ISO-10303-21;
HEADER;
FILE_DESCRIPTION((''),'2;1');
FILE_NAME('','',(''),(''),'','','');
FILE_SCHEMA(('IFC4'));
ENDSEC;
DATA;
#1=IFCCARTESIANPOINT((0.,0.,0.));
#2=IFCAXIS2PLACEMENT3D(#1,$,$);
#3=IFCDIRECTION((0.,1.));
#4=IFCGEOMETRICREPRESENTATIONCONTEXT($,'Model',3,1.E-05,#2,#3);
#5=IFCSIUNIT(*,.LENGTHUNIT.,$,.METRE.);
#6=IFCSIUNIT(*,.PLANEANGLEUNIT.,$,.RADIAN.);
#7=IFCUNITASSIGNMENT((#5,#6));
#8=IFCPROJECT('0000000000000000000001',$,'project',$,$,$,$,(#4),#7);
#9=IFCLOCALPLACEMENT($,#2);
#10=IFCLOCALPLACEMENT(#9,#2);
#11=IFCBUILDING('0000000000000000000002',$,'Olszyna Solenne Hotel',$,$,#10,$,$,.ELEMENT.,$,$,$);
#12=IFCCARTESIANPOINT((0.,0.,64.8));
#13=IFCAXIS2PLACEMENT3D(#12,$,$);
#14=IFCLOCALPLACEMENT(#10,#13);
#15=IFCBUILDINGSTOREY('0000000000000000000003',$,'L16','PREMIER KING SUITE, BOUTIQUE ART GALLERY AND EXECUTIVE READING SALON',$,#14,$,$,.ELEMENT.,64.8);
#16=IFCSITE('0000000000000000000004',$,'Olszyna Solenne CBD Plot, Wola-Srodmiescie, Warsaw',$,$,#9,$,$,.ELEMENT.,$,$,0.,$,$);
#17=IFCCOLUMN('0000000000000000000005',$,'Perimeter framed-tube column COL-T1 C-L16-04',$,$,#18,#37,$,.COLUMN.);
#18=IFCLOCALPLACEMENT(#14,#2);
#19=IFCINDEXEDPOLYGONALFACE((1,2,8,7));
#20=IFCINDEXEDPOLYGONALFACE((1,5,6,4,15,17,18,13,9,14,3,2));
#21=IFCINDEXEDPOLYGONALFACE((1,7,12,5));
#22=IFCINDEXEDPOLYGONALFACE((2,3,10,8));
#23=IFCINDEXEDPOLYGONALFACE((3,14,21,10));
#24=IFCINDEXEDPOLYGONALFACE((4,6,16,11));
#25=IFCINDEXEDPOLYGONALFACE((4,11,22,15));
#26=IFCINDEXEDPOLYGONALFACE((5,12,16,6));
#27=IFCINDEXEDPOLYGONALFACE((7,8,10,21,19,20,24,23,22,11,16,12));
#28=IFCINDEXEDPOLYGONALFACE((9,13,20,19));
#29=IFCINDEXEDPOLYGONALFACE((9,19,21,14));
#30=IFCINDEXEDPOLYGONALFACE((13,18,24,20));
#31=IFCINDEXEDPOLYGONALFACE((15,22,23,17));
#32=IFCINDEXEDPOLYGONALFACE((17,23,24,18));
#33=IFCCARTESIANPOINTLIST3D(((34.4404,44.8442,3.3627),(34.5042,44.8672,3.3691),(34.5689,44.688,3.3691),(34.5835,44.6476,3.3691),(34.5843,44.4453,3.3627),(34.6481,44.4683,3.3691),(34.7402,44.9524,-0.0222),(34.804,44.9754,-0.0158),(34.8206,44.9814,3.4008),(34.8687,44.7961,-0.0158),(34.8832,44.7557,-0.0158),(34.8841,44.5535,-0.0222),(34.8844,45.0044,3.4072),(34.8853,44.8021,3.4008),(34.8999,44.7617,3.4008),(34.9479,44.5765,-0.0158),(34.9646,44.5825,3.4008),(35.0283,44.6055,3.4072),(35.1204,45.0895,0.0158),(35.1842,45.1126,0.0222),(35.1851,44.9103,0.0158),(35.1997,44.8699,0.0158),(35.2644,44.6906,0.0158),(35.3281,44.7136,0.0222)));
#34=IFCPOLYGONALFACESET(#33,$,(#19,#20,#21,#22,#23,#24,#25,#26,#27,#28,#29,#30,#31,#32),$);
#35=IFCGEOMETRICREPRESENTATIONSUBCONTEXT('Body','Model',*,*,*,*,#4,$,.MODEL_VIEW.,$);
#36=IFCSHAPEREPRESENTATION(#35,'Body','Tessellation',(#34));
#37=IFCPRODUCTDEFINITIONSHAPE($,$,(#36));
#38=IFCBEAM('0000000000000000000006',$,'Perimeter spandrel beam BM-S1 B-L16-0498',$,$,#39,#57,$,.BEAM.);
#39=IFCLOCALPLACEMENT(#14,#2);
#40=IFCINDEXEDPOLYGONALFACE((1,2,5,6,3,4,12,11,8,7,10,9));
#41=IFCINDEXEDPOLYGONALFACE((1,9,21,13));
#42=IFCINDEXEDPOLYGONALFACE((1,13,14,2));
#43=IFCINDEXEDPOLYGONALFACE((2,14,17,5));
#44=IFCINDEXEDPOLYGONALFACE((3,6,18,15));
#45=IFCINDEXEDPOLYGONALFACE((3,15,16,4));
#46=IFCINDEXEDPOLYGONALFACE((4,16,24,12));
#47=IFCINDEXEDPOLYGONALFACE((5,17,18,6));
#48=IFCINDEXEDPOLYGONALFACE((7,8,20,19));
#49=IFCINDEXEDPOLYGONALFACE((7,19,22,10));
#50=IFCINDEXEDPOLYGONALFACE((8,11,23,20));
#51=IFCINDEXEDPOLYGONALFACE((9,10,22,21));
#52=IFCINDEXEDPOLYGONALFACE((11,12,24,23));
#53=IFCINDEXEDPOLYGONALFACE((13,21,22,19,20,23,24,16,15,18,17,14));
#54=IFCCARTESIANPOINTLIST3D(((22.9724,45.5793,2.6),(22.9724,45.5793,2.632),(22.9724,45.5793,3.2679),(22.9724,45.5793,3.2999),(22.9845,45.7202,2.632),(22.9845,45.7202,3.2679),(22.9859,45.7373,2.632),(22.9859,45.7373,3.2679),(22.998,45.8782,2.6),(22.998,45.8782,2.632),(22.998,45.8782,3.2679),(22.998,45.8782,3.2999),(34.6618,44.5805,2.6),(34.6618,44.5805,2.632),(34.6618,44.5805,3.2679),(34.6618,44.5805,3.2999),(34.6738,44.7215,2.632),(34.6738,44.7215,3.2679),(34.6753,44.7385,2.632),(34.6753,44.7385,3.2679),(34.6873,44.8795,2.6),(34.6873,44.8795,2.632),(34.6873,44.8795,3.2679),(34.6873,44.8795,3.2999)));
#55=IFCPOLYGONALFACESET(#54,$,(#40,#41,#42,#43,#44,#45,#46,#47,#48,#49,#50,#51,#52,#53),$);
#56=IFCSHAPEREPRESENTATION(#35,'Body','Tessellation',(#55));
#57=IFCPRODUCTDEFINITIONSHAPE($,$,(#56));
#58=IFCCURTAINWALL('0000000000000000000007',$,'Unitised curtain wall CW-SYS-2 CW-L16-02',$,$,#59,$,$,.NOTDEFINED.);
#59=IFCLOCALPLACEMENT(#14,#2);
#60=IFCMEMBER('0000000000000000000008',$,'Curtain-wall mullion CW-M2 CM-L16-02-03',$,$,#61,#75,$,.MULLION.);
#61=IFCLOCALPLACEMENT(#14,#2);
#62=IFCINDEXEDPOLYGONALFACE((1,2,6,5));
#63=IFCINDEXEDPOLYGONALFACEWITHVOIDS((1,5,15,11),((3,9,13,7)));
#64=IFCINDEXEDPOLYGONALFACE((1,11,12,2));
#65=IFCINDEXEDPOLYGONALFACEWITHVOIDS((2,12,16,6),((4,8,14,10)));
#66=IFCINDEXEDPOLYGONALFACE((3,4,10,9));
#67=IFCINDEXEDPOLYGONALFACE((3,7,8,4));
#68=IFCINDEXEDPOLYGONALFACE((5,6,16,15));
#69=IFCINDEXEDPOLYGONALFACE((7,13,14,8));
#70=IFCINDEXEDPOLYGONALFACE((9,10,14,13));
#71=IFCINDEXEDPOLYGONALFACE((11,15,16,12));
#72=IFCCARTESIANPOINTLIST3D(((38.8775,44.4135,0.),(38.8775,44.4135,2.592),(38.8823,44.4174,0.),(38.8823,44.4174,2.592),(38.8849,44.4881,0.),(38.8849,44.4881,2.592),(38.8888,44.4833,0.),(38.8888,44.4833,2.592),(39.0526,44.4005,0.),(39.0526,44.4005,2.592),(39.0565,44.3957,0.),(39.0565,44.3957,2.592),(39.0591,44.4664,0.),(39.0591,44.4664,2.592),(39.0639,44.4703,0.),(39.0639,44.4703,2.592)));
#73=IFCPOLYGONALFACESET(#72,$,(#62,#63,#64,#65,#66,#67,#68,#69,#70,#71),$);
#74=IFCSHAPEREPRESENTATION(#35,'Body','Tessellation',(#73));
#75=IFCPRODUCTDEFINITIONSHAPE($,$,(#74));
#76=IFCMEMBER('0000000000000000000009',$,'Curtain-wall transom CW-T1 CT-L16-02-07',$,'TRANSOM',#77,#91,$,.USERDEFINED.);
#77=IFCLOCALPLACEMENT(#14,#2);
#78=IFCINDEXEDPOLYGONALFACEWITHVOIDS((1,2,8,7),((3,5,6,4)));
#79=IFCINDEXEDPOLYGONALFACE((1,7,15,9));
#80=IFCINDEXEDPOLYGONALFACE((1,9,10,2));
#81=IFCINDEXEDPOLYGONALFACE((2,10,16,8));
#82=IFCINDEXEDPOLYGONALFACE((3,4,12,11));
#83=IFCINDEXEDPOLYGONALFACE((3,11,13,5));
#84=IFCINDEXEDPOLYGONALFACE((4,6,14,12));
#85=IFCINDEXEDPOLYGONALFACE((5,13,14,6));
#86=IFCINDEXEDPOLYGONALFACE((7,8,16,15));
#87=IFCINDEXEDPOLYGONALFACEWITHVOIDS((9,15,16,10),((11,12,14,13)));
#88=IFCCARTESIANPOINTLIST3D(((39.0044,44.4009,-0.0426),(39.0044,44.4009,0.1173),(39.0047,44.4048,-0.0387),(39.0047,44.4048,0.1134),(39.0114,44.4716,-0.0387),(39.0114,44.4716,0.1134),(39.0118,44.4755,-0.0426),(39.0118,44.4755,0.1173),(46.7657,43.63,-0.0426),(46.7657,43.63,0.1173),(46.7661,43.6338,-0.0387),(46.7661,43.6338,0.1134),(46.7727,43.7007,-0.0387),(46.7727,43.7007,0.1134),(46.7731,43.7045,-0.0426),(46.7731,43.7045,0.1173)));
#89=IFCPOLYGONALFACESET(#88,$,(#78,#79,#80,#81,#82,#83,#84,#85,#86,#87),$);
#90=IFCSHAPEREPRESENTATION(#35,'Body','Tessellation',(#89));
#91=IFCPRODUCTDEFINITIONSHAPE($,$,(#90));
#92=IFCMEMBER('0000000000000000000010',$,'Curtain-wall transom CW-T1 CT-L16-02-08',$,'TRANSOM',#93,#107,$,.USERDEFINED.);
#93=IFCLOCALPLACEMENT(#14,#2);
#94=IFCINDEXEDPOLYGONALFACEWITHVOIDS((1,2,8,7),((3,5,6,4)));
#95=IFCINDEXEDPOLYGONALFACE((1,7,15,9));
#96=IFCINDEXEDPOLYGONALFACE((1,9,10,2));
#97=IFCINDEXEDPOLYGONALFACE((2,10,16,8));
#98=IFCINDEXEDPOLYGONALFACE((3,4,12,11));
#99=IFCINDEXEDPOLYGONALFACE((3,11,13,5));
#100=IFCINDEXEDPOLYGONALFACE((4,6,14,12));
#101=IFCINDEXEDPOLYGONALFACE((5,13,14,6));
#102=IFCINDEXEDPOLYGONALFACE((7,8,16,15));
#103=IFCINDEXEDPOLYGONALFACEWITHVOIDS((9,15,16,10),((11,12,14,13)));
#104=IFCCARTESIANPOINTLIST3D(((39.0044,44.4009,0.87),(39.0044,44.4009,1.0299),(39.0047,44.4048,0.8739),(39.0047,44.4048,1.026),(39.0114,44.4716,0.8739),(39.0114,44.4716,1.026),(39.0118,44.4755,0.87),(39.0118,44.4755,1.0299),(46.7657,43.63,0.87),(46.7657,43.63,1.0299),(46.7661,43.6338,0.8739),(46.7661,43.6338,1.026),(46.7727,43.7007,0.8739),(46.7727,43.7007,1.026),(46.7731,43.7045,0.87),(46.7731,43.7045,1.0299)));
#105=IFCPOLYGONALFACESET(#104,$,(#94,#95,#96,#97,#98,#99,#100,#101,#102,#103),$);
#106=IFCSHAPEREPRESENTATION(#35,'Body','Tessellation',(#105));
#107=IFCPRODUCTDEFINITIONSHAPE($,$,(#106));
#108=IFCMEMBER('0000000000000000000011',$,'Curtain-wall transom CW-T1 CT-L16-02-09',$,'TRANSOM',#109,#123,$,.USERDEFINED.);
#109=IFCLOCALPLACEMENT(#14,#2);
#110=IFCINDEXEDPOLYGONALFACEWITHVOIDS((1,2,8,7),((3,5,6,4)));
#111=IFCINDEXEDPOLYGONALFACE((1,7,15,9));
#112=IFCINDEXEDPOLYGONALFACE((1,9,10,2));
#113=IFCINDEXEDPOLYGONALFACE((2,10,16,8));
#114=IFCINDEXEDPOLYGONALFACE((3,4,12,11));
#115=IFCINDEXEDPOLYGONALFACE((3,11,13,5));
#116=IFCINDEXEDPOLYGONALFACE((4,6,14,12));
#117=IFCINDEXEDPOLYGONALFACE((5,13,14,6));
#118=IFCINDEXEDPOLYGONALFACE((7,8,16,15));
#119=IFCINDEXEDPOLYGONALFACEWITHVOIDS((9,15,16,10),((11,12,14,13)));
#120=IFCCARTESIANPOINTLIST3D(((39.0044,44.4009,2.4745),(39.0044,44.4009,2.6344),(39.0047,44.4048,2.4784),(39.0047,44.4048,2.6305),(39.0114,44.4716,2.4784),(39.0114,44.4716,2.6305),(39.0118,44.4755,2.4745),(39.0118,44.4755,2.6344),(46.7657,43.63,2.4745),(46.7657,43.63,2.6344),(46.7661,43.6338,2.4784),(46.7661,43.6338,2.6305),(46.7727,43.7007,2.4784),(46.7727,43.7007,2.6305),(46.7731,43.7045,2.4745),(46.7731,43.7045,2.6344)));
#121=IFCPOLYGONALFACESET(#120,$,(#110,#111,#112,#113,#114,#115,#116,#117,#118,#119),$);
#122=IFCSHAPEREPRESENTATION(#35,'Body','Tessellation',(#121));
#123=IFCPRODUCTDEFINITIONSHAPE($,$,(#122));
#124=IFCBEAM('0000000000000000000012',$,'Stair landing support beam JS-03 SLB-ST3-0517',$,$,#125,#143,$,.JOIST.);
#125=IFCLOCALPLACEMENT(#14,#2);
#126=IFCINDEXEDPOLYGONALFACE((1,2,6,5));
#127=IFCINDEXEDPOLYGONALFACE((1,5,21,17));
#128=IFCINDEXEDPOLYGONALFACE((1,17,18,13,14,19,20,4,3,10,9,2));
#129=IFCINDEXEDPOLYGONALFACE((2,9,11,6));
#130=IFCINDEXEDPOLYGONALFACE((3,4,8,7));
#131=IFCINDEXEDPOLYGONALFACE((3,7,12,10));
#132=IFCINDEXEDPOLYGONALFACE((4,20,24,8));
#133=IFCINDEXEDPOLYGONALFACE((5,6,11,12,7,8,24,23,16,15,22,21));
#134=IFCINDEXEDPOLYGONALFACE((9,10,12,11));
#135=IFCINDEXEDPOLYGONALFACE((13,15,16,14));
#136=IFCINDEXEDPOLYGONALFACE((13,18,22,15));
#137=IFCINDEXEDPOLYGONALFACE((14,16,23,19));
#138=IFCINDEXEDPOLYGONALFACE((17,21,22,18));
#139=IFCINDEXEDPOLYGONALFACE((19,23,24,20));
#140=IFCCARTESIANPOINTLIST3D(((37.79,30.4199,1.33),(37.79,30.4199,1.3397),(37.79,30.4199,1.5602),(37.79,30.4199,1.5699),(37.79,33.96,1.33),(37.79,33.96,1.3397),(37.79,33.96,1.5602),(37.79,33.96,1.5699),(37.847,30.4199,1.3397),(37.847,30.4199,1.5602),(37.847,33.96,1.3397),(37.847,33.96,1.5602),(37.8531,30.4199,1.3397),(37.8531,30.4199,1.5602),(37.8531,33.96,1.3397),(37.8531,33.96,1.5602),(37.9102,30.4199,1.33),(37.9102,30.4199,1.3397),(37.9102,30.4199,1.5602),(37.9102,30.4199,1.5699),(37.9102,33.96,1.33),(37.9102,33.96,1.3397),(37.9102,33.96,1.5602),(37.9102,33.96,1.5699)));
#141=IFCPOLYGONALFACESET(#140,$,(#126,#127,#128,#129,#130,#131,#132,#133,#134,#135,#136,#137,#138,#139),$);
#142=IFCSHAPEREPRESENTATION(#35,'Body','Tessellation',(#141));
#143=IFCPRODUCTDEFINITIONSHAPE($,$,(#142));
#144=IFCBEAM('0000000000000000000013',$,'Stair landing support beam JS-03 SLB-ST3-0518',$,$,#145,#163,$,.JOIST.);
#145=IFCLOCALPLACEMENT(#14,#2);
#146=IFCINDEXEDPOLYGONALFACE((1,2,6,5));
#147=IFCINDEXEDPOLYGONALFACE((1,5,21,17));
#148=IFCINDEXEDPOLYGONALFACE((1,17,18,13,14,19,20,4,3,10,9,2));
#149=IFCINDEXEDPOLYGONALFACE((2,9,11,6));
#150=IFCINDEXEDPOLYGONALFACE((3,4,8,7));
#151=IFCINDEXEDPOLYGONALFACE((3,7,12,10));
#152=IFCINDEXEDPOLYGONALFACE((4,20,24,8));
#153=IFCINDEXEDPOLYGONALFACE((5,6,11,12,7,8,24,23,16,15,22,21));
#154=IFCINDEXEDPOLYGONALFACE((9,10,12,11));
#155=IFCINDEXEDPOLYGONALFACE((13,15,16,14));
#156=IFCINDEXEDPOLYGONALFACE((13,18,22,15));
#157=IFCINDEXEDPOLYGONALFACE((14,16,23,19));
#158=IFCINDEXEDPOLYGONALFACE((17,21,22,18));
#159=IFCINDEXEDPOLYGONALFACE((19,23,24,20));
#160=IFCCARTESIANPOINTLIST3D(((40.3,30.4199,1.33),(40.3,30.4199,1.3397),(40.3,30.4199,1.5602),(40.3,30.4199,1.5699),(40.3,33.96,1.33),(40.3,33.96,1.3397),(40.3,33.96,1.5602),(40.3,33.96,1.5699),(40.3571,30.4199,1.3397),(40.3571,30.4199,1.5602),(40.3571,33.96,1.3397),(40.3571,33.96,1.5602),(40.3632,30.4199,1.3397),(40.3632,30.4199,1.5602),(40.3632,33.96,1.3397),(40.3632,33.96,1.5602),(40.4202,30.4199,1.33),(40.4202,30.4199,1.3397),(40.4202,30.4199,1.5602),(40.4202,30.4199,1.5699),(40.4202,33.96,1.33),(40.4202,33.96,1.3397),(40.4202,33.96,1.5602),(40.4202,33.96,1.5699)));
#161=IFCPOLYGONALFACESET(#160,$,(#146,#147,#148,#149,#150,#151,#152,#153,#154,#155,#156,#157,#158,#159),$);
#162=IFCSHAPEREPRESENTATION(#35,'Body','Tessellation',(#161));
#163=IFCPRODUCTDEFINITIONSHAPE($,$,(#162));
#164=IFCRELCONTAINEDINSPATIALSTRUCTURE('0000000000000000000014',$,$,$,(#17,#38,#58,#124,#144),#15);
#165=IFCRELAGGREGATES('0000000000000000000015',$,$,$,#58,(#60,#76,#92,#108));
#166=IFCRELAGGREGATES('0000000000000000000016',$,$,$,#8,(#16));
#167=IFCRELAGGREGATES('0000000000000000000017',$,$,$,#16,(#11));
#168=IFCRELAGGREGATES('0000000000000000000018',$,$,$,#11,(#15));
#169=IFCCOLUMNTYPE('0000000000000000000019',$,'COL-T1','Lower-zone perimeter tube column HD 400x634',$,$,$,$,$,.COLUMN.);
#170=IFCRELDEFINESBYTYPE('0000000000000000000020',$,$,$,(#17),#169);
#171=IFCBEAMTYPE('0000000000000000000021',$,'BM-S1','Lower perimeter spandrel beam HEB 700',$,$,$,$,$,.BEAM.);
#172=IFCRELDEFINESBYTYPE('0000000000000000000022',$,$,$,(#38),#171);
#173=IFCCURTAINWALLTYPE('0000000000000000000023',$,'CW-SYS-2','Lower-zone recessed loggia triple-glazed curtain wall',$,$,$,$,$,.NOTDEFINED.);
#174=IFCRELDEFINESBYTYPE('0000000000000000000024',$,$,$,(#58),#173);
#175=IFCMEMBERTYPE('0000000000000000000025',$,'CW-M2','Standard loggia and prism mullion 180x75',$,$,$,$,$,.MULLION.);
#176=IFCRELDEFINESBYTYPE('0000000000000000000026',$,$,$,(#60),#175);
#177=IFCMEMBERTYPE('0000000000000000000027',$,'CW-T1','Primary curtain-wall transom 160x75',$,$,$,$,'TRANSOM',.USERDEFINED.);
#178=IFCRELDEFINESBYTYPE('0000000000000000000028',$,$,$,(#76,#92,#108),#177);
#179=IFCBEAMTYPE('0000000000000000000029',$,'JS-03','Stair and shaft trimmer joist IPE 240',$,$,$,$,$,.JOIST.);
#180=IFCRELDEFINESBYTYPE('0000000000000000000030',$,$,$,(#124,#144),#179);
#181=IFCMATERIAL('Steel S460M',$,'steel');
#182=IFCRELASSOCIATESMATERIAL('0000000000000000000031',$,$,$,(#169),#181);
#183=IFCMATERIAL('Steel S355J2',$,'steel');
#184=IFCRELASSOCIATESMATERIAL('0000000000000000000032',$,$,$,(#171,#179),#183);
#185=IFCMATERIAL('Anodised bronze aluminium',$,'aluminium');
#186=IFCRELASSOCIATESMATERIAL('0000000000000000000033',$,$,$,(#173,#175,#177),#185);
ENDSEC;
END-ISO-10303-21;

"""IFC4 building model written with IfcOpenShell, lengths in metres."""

from ifc_helpers import new_model, si_unit, direction, frame, origin, origin_2d, place, context, subcontext, project, spatial, hollow_rectangle, i_section, extrude, source, transform, mapped, material, material_profile, profile_set, type_object, element, aggregate, save


model = new_model("IFC4")

# Units and contexts
model_context = context("Model", 3, precision=1e-05, world=origin(), true_north=direction((0.0, 1.0)))
body_context = subcontext(model_context, "Body", "Model", "MODEL_VIEW")
ifc_project = project(units=[si_unit("LENGTHUNIT", "METRE"), si_unit("PLANEANGLEUNIT", "RADIAN")], contexts=[model_context])

# Site, building, storey
site_placement = place(None, origin())
site = spatial("IfcSite", under=ifc_project, at=site_placement, Name="Olszyna Solenne CBD Plot, Wola-Srodmiescie, Warsaw", CompositionType="ELEMENT", RefElevation=0.0)
building_placement = place(site_placement, origin())
building = spatial("IfcBuilding", under=site, at=building_placement, Name="Olszyna Solenne Hotel", CompositionType="ELEMENT")
storey_placement = place(building_placement, frame((0.0, 0.0, 64.8)))
storey = spatial("IfcBuildingStorey", under=building, at=storey_placement, Name="L16", Description="PREMIER KING SUITE, BOUTIQUE ART GALLERY AND EXECUTIVE READING SALON", CompositionType="ELEMENT", Elevation=64.8)

# Column
ifc_material_1 = material(Name="Steel S460M", Category="steel")
ifc_material_profile_1 = material_profile(ifc_material_1, i_section(OverallWidth=0.4241, OverallDepth=0.4741, WebThickness=0.043, FlangeThickness=0.0681, at=origin_2d()), Name="HD 400x634", Category="load-bearing")
ifc_profile_set_1 = profile_set([ifc_material_profile_1], Name="Steel S460M")
column_type = type_object("IfcColumnType", Name="COL-T1", Description="Lower-zone perimeter tube column HD 400x634", PredefinedType="COLUMN", material=ifc_profile_set_1)
shared_shape_1 = source(origin(), body_context, "Body", "SweptSolid", [
    extrude(i_section(OverallWidth=0.4241, OverallDepth=0.4741, WebThickness=0.043, FlangeThickness=0.0681, at=origin_2d()), origin(), (0.0, 0.0, 1.0), 3.3999),
])
column_placement = place(storey_placement, frame((35.0342, 44.833, 0.0), z_axis=(-0.088178, -0.03181, 0.995597), x_axis=(0.339343, -0.940663, 0.0)))
element("IfcColumn", 1, at=column_placement, inside=storey, type_object=column_type, Name="Perimeter framed-tube column COL-T1 C-L16-04", PredefinedType="COLUMN", context=body_context, shape_type="MappedRepresentation", body=[
    mapped(shared_shape_1, transform((0.0, 0.0, 0.0), x_axis=(1.0, 0.0, 0.0), y_axis=(0.0, 1.0, 0.0), z_axis=(0.0, 0.0, 1.0), scale=1.0)),
])

# Beam
ifc_material_2 = material(Name="Steel S355J2", Category="steel")
ifc_material_profile_2 = material_profile(ifc_material_2, i_section(OverallWidth=0.3, OverallDepth=0.7, WebThickness=0.0171, FlangeThickness=0.032, at=origin_2d()), Name="HEB 700", Category="load-bearing")
ifc_profile_set_2 = profile_set([ifc_material_profile_2], Name="Steel S355J2")
beam_type_1 = type_object("IfcBeamType", Name="BM-S1", Description="Lower perimeter spandrel beam HEB 700", PredefinedType="BEAM", material=ifc_profile_set_2)
shared_shape_2 = source(origin(), body_context, "Body", "SweptSolid", [
    extrude(i_section(OverallWidth=0.3, OverallDepth=0.7, WebThickness=0.0171, FlangeThickness=0.032, at=origin_2d()), origin(), (0.0, 0.0, 1.0), 11.7319),
])
beam_1_placement = place(storey_placement, frame((34.6746, 44.73, 2.95), z_axis=(-0.99637, 0.085133, 0.0), x_axis=(-0.085133, -0.99637, 0.0)))
element("IfcBeam", 2, at=beam_1_placement, inside=storey, type_object=beam_type_1, Name="Perimeter spandrel beam BM-S1 B-L16-0498", PredefinedType="BEAM", context=body_context, shape_type="MappedRepresentation", body=[
    mapped(shared_shape_2, transform((0.0, 0.0, 0.0), x_axis=(1.0, 0.0, 0.0), y_axis=(0.0, 1.0, 0.0), z_axis=(0.0, 0.0, 1.0), scale=1.0)),
])

# Curtain wall, members
ifc_material_3 = material(Name="Anodised bronze aluminium", Category="aluminium")
curtain_wall_type = type_object("IfcCurtainWallType", Name="CW-SYS-2", Description="Lower-zone recessed loggia triple-glazed curtain wall", PredefinedType="NOTDEFINED", material=ifc_material_3)
curtain_wall_placement = place(storey_placement, origin())
curtain_wall = element("IfcCurtainWall", 3, at=curtain_wall_placement, inside=storey, type_object=curtain_wall_type, Name="Unitised curtain wall CW-SYS-2 CW-L16-02", PredefinedType="NOTDEFINED")
ifc_material_profile_3 = material_profile(ifc_material_3, hollow_rectangle(XDim=0.075, YDim=0.1799, WallThickness=0.0044, at=origin_2d()), Name="MULL 180x75x4.5", Category="load-bearing")
ifc_profile_set_3 = profile_set([ifc_material_profile_3], Name="Anodised bronze aluminium")
member_type_1 = type_object("IfcMemberType", Name="CW-M2", Description="Standard loggia and prism mullion 180x75", PredefinedType="MULLION", material=ifc_profile_set_3)
shared_shape_3 = source(origin(), body_context, "Body", "SweptSolid", [
    extrude(hollow_rectangle(XDim=0.075, YDim=0.1799, WallThickness=0.0044, at=origin_2d()), origin(), (0.0, 0.0, 1.0), 2.592),
])
member_1_placement = place(storey_placement, frame((38.9707, 44.4419, 0.0), z_axis=(0.0, 0.0, 1.0), x_axis=(0.098865, 0.995101, 0.0)))
member_1 = element("IfcMember", 4, at=member_1_placement, type_object=member_type_1, Name="Curtain-wall mullion CW-M2 CM-L16-02-03", PredefinedType="MULLION", context=body_context, shape_type="MappedRepresentation", body=[
    mapped(shared_shape_3, transform((0.0, 0.0, 0.0), x_axis=(1.0, 0.0, 0.0), y_axis=(0.0, 1.0, 0.0), z_axis=(0.0, 0.0, 1.0), scale=1.0)),
])
ifc_material_profile_4 = material_profile(ifc_material_3, hollow_rectangle(XDim=0.075, YDim=0.1599, WallThickness=0.0039, at=origin_2d()), Name="TRAN 160x75x4", Category="load-bearing")
ifc_profile_set_4 = profile_set([ifc_material_profile_4], Name="Anodised bronze aluminium")
member_type_2 = type_object("IfcMemberType", Name="CW-T1", Description="Primary curtain-wall transom 160x75", ElementType="TRANSOM", PredefinedType="USERDEFINED", material=ifc_profile_set_4)
shared_shape_4 = source(origin(), body_context, "Body", "SweptSolid", [
    extrude(hollow_rectangle(XDim=0.075, YDim=0.1599, WallThickness=0.0039, at=origin_2d()), origin(), (0.0, 0.0, 1.0), 7.7996),
])
member_2_placement = place(storey_placement, frame((39.0081, 44.4382, 0.0374), z_axis=(0.995102, -0.09885, 0.0), x_axis=(0.09885, 0.995102, 0.0)))
member_2 = element("IfcMember", 5, at=member_2_placement, type_object=member_type_2, Name="Curtain-wall transom CW-T1 CT-L16-02-07", ObjectType="TRANSOM", PredefinedType="USERDEFINED", context=body_context, shape_type="MappedRepresentation", body=[
    mapped(shared_shape_4, transform((0.0, 0.0, 0.0), x_axis=(1.0, 0.0, 0.0), y_axis=(0.0, 1.0, 0.0), z_axis=(0.0, 0.0, 1.0), scale=1.0)),
])
member_3_placement = place(storey_placement, frame((39.0081, 44.4382, 0.95), z_axis=(0.995102, -0.09885, 0.0), x_axis=(0.09885, 0.995102, 0.0)))
member_3 = element("IfcMember", 6, at=member_3_placement, type_object=member_type_2, Name="Curtain-wall transom CW-T1 CT-L16-02-08", ObjectType="TRANSOM", PredefinedType="USERDEFINED", context=body_context, shape_type="MappedRepresentation", body=[
    mapped(shared_shape_4, transform((0.0, 0.0, 0.0), x_axis=(1.0, 0.0, 0.0), y_axis=(0.0, 1.0, 0.0), z_axis=(0.0, 0.0, 1.0), scale=1.0)),
])
member_4_placement = place(storey_placement, frame((39.0081, 44.4382, 2.5544), z_axis=(0.995102, -0.09885, 0.0), x_axis=(0.09885, 0.995102, 0.0)))
member_4 = element("IfcMember", 7, at=member_4_placement, type_object=member_type_2, Name="Curtain-wall transom CW-T1 CT-L16-02-09", ObjectType="TRANSOM", PredefinedType="USERDEFINED", context=body_context, shape_type="MappedRepresentation", body=[
    mapped(shared_shape_4, transform((0.0, 0.0, 0.0), x_axis=(1.0, 0.0, 0.0), y_axis=(0.0, 1.0, 0.0), z_axis=(0.0, 0.0, 1.0), scale=1.0)),
])

# Beams
ifc_material_profile_5 = material_profile(ifc_material_2, i_section(OverallWidth=0.1201, OverallDepth=0.24, WebThickness=0.0061, FlangeThickness=0.0098, at=origin_2d()), Name="IPE 240", Category="load-bearing")
ifc_profile_set_5 = profile_set([ifc_material_profile_5], Name="Steel S355J2")
beam_type_2 = type_object("IfcBeamType", Name="JS-03", Description="Stair and shaft trimmer joist IPE 240", PredefinedType="JOIST", material=ifc_profile_set_5)
shared_shape_5 = source(origin(), body_context, "Body", "SweptSolid", [
    extrude(i_section(OverallWidth=0.1201, OverallDepth=0.24, WebThickness=0.0061, FlangeThickness=0.0098, at=origin_2d()), origin(), (0.0, 0.0, 1.0), 3.54),
])
for number, where, z_axis, x_axis, name in (
    (8, (37.8501, 30.4199, 1.45), (0.0, 1.0, 0.0), (-1.0, 0.0, 0.0), "Stair landing support beam JS-03 SLB-ST3-0517"),
    (9, (40.3601, 30.4199, 1.45), (0.0, 1.0, 0.0), (-1.0, 0.0, 0.0), "Stair landing support beam JS-03 SLB-ST3-0518"),
):
    element("IfcBeam", number, at=place(storey_placement, frame(where, z_axis=z_axis, x_axis=x_axis)), inside=storey, type_object=beam_type_2, Name=name, PredefinedType="JOIST", context=body_context, shape_type="MappedRepresentation", body=[
        mapped(shared_shape_5, transform((0.0, 0.0, 0.0), x_axis=(1.0, 0.0, 0.0), y_axis=(0.0, 1.0, 0.0), z_axis=(0.0, 0.0, 1.0), scale=1.0)),
    ])

aggregate(curtain_wall, [member_1, member_2, member_3, member_4])

save(model, "model.ifc")
